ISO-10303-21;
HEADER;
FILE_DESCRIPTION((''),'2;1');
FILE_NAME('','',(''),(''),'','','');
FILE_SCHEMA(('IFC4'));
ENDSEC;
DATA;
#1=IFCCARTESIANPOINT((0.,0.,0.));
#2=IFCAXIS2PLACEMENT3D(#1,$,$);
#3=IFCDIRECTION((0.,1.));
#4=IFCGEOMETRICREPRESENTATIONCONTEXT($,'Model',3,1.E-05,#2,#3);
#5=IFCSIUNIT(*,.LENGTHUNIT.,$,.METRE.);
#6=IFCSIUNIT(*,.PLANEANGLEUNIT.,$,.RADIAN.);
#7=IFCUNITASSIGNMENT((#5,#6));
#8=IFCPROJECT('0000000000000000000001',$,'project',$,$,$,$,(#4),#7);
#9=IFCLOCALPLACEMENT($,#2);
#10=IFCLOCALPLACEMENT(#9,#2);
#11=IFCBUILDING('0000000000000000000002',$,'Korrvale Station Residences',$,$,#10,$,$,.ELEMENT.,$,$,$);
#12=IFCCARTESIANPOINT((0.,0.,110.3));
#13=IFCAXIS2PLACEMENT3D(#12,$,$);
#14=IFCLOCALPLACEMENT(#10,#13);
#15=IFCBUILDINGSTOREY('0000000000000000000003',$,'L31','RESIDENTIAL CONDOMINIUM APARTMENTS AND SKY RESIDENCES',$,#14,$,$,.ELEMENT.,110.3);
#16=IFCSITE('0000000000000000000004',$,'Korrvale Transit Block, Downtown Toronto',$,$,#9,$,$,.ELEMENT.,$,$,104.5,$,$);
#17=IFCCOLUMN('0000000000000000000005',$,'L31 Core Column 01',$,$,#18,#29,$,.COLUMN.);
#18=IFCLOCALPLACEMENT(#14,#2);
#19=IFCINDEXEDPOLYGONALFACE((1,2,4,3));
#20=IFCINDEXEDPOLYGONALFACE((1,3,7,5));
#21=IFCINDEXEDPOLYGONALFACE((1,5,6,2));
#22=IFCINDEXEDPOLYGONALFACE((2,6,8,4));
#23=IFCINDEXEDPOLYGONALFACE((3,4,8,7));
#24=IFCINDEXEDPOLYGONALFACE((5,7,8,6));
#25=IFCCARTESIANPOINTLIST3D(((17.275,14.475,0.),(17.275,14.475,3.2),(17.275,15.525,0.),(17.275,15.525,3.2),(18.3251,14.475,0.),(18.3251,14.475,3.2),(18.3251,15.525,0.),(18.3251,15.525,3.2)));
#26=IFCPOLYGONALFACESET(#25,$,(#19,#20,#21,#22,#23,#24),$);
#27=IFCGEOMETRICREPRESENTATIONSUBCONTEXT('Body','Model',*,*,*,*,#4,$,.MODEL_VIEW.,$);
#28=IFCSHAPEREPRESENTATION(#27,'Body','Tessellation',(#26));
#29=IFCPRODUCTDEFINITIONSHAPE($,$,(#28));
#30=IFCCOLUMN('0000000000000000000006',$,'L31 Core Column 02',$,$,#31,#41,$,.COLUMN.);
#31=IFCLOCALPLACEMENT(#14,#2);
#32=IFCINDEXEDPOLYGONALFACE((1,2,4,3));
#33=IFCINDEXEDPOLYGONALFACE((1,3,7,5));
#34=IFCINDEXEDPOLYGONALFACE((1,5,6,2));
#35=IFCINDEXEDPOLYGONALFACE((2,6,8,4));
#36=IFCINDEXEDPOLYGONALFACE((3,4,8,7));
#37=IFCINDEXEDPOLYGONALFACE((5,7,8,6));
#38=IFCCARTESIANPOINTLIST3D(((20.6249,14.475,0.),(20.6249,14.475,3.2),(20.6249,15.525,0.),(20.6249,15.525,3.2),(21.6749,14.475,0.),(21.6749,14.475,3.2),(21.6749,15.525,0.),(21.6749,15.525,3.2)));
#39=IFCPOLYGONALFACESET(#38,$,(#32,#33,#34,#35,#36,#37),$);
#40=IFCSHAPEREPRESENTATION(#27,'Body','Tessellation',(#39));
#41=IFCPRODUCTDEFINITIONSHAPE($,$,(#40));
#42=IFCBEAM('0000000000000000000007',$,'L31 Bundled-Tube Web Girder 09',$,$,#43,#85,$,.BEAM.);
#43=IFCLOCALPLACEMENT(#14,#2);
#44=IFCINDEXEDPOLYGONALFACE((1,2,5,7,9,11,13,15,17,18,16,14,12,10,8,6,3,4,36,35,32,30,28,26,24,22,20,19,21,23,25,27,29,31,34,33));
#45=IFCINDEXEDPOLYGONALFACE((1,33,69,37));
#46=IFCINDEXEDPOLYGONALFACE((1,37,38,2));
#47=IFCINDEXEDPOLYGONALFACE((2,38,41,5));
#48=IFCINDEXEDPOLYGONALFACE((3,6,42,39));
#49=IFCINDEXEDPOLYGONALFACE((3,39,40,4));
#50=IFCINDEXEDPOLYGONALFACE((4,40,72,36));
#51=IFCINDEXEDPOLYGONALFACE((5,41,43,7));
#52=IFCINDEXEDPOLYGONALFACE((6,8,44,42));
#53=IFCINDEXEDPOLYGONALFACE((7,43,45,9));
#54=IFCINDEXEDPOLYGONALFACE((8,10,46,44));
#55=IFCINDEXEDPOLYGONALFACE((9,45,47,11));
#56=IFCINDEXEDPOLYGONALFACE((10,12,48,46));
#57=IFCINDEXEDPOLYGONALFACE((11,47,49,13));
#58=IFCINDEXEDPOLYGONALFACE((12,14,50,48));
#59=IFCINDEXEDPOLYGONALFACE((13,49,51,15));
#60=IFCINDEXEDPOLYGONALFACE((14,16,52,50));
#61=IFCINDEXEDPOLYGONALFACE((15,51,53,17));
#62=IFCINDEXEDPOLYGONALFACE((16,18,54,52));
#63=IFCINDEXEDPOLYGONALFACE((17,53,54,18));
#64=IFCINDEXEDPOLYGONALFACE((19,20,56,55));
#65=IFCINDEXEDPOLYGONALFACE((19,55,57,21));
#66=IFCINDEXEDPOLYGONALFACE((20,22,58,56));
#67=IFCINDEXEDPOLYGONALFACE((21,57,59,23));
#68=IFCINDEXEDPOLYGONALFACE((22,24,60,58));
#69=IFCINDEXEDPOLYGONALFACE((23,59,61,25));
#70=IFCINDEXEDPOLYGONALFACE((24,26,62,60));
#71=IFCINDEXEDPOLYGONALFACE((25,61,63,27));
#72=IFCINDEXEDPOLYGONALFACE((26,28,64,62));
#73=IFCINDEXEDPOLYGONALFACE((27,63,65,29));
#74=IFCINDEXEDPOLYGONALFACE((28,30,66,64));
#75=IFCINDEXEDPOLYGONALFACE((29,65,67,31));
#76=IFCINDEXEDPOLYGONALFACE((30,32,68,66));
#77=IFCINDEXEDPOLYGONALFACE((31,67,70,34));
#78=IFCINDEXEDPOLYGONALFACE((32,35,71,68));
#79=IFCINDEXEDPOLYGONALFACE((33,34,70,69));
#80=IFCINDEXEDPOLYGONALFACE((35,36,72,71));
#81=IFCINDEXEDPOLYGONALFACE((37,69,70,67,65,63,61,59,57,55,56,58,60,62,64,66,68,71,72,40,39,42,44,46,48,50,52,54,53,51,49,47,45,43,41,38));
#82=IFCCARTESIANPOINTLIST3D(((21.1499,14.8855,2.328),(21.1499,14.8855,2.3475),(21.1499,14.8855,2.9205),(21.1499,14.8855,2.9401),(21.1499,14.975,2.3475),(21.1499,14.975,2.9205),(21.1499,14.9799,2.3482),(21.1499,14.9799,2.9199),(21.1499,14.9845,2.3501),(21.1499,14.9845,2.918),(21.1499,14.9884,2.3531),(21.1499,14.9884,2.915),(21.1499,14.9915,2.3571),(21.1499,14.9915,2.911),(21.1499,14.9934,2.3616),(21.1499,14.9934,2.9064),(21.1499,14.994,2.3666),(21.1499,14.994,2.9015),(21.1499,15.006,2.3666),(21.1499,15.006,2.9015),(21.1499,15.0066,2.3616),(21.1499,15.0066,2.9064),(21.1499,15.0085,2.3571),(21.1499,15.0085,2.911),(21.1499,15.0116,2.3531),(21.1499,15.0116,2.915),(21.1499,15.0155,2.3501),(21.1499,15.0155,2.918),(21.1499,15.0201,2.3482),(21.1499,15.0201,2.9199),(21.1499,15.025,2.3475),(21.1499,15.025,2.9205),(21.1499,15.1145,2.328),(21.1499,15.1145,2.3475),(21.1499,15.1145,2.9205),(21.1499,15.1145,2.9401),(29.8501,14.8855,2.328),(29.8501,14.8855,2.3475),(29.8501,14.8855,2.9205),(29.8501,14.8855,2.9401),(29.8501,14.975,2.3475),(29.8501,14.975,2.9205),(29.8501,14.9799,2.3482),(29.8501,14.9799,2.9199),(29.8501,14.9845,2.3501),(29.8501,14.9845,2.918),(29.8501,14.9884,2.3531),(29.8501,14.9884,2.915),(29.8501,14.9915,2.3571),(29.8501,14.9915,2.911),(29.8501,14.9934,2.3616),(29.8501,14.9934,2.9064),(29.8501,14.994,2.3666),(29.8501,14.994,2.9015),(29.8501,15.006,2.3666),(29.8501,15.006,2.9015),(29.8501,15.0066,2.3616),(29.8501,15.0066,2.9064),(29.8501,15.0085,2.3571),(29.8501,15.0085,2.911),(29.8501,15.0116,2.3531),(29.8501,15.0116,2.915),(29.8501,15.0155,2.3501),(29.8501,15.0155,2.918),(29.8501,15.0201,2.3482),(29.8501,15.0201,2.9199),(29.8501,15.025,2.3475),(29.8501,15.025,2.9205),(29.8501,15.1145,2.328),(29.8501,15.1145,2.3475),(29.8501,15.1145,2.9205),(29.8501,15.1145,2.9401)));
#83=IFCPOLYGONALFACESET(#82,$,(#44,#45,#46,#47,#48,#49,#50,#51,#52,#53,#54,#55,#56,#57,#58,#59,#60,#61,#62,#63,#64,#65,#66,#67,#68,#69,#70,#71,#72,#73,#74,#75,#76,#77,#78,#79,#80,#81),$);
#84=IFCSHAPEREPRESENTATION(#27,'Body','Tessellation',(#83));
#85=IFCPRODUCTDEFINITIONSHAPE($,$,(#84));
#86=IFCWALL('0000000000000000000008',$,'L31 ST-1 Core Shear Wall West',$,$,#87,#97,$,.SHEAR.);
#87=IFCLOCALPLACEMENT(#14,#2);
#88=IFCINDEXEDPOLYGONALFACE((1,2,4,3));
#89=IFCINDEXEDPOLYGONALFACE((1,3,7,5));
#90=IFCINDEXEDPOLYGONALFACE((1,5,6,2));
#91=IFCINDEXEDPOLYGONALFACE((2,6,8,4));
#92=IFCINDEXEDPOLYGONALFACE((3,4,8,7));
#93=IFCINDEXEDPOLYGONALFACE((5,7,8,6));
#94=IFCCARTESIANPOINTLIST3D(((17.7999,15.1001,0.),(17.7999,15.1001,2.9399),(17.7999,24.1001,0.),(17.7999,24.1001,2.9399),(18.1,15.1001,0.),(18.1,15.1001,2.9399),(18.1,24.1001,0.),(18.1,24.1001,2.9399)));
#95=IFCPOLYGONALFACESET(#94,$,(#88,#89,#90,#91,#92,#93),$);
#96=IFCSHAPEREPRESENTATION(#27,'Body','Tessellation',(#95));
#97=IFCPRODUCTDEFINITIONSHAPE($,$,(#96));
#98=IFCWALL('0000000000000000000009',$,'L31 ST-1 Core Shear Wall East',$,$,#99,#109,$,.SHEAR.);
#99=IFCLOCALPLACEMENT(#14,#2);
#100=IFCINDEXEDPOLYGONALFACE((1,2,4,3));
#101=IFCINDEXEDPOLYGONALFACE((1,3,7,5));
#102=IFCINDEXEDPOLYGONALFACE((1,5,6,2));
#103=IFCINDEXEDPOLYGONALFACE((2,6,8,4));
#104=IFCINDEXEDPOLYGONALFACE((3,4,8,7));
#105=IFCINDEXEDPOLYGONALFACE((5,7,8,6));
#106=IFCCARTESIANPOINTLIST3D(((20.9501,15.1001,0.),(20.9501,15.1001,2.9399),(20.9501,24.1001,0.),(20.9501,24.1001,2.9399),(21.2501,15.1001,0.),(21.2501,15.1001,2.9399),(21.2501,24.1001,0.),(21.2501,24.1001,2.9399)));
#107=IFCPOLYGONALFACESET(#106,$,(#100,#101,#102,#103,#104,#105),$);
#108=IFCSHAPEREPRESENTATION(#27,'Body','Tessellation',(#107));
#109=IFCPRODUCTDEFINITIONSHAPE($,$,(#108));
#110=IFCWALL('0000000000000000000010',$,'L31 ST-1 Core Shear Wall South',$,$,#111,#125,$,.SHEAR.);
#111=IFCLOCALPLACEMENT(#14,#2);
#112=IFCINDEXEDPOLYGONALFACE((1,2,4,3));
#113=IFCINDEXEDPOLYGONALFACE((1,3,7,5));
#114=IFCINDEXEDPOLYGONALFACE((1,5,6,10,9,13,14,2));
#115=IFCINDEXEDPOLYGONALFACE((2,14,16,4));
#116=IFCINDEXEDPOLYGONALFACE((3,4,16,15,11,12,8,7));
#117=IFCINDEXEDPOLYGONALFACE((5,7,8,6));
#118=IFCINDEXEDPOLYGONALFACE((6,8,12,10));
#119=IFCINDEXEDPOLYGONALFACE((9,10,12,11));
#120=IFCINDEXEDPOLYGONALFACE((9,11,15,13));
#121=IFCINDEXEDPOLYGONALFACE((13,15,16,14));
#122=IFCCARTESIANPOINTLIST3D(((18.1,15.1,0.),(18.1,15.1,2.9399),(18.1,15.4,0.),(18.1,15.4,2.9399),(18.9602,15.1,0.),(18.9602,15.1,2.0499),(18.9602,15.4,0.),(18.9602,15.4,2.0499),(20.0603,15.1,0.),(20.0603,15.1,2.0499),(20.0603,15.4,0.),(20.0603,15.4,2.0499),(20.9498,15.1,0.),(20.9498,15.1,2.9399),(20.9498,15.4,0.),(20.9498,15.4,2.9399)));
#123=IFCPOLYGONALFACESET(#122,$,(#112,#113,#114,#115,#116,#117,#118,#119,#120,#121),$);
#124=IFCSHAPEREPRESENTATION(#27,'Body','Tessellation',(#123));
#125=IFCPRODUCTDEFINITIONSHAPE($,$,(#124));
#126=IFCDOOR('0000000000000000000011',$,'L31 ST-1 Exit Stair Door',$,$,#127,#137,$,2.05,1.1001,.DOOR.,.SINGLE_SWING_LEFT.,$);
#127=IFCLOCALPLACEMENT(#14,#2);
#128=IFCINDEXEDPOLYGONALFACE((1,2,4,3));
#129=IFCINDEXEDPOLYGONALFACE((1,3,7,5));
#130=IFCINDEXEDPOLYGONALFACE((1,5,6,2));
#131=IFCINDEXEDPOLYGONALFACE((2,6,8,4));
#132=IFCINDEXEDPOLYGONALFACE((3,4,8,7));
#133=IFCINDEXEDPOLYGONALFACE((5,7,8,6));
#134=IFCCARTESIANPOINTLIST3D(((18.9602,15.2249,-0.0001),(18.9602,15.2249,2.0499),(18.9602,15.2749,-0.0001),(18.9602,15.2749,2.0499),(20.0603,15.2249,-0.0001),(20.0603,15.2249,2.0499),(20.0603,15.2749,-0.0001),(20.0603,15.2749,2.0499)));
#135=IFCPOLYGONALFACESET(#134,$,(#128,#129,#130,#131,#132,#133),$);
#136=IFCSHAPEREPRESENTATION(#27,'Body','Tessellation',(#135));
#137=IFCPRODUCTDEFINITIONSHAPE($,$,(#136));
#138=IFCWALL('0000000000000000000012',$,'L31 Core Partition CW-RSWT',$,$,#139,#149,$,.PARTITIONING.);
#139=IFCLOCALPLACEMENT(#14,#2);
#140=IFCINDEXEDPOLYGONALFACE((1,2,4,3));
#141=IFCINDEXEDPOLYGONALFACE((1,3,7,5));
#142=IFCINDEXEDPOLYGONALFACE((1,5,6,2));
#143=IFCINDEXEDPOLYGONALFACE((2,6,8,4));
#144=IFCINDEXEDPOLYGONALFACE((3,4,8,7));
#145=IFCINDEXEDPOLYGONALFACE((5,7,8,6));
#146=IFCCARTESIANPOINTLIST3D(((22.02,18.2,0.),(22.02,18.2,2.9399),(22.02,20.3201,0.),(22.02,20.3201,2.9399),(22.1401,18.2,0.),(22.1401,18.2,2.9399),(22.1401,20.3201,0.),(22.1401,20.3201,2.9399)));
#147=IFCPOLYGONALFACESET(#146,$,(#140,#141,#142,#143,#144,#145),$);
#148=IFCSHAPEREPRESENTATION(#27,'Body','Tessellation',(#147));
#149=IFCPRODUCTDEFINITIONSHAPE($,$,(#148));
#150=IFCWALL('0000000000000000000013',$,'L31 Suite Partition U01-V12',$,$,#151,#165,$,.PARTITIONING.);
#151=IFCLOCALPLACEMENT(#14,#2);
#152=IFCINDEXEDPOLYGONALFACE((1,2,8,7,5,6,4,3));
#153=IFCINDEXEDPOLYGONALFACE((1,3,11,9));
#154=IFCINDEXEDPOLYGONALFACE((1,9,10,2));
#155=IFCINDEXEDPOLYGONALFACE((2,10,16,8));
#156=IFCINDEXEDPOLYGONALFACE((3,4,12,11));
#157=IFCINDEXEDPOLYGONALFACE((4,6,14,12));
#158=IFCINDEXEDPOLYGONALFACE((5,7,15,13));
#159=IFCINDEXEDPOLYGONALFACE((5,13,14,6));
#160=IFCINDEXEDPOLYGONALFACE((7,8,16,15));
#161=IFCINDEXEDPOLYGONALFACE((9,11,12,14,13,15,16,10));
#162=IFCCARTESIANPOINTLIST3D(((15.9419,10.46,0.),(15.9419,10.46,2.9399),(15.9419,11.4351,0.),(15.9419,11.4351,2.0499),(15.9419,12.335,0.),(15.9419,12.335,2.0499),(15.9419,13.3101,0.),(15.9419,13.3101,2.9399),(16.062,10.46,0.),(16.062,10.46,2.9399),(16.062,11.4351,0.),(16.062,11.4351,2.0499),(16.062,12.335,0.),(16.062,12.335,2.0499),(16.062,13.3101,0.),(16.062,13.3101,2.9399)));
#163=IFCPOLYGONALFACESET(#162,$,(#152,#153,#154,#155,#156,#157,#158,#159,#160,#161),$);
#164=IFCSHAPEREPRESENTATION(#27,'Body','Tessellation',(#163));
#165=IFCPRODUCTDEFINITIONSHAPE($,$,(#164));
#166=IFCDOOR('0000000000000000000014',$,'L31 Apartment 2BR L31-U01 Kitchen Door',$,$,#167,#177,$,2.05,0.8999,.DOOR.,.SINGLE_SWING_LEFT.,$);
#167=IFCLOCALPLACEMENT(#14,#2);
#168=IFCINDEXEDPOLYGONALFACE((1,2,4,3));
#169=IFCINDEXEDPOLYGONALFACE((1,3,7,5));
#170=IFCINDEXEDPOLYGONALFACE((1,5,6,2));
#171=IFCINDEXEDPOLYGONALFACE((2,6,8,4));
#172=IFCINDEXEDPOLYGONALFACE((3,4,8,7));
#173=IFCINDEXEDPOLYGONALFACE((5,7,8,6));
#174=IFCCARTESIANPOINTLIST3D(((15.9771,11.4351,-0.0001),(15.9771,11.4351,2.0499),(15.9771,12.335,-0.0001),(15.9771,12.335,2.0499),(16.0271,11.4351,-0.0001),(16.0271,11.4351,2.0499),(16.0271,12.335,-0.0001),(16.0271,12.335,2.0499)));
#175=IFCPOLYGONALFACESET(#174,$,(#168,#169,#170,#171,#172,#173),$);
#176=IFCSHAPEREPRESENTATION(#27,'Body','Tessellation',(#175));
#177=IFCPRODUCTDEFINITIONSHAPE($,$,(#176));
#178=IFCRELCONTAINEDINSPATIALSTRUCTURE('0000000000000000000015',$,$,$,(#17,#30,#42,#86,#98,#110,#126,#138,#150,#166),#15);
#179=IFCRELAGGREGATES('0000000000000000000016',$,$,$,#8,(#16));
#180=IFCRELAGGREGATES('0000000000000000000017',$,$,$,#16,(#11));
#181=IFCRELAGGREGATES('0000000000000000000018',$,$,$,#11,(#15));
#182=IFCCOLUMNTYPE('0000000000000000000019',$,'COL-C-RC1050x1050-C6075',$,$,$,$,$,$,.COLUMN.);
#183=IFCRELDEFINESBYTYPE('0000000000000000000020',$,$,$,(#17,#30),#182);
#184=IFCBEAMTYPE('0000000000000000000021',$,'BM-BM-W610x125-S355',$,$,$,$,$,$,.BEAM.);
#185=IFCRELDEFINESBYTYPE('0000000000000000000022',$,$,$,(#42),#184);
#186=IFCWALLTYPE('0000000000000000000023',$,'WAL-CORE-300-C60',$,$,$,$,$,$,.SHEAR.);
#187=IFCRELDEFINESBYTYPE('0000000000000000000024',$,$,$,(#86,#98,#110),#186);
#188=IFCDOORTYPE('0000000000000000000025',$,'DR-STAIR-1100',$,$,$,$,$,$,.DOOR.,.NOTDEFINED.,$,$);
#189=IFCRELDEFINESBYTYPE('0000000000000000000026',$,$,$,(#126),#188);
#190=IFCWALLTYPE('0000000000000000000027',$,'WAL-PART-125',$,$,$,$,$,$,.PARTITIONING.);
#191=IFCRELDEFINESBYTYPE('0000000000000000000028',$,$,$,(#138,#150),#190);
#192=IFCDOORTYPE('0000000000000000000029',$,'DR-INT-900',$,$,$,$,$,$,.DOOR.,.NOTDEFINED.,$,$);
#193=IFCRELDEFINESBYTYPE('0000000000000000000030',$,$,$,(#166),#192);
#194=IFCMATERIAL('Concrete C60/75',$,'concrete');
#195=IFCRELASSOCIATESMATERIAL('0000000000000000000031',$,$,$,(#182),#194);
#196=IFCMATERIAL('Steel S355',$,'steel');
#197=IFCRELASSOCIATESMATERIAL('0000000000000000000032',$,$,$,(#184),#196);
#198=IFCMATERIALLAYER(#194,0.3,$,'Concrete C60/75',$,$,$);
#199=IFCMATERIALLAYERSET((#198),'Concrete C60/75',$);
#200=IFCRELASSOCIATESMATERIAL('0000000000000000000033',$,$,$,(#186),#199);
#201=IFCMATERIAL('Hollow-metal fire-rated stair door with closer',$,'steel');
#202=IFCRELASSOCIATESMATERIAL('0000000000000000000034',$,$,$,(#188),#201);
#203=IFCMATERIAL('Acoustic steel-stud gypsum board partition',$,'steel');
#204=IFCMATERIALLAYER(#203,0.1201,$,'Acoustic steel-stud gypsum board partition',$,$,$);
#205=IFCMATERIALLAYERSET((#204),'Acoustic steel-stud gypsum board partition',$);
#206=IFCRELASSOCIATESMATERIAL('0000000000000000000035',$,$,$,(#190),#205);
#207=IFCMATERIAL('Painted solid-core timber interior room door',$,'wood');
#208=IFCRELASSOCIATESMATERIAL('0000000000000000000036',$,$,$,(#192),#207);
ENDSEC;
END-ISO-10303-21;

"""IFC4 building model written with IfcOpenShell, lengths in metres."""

from ifc_helpers import new_model, si_unit, direction, frame, frame_2d, origin, origin_2d, place, context, subcontext, project, spatial, rectangle, i_section, extrude, material, layer, layer_set, material_profile, profile_set, type_object, element, fill, save


model = new_model("IFC4")

# Units and contexts
model_context = context("Model", 3, precision=1e-05, world=origin(), true_north=direction((0.0, 1.0)))
body_context = subcontext(model_context, "Body", "Model", "MODEL_VIEW")
ifc_project = project(units=[si_unit("LENGTHUNIT", "METRE"), si_unit("PLANEANGLEUNIT", "RADIAN")], contexts=[model_context])

# Site, building, storey
site_placement = place(None, origin())
site = spatial("IfcSite", under=ifc_project, at=site_placement, Name="Korrvale Transit Block, Downtown Toronto", CompositionType="ELEMENT", RefElevation=104.5)
building_placement = place(site_placement, origin())
building = spatial("IfcBuilding", under=site, at=building_placement, Name="Korrvale Station Residences", CompositionType="ELEMENT")
storey_placement = place(building_placement, frame((0.0, 0.0, 110.3)))
storey = spatial("IfcBuildingStorey", under=building, at=storey_placement, Name="L31", Description="RESIDENTIAL CONDOMINIUM APARTMENTS AND SKY RESIDENCES", CompositionType="ELEMENT", Elevation=110.3)

# Columns
ifc_material_1 = material(Name="Concrete C60/75", Category="concrete")
ifc_material_profile_1 = material_profile(ifc_material_1, rectangle(XDim=1.05, YDim=1.05, at=origin_2d()), Name="RC1050x1050")
ifc_profile_set_1 = profile_set([ifc_material_profile_1], Name="Concrete C60/75")
column_type = type_object("IfcColumnType", Name="COL-C-RC1050x1050-C6075", PredefinedType="COLUMN", material=ifc_profile_set_1)
for number, where, z_axis, x_axis, name in (
    (1, (17.8, 15.0, 0.0), (0.0, 0.0, 1.0), (1.0, 0.0, 0.0), "L31 Core Column 01"),
    (2, (21.1499, 15.0, 0.0), (0.0, 0.0, 1.0), (1.0, 0.0, 0.0), "L31 Core Column 02"),
):
    element("IfcColumn", number, at=place(storey_placement, frame(where, z_axis=z_axis, x_axis=x_axis)), inside=storey, type_object=column_type, Name=name, PredefinedType="COLUMN", context=body_context, shape_type="SweptSolid", body=[
        extrude(rectangle(XDim=1.05, YDim=1.05, at=origin_2d()), origin(), (0.0, 0.0, 1.0), 3.2),
    ])

# Beam
ifc_material_2 = material(Name="Steel S355", Category="steel")
ifc_material_profile_2 = material_profile(ifc_material_2, i_section(OverallWidth=0.229, OverallDepth=0.6121, WebThickness=0.012, FlangeThickness=0.0195, FilletRadius=0.019, at=origin_2d()), Name="W610x125")
ifc_profile_set_2 = profile_set([ifc_material_profile_2], Name="Steel S355")
beam_type = type_object("IfcBeamType", Name="BM-BM-W610x125-S355", PredefinedType="BEAM", material=ifc_profile_set_2)
beam_placement = place(storey_placement, frame((21.1499, 15.0, 2.634), z_axis=(1.0, 0.0, 0.0), x_axis=(0.0, 1.0, 0.0)))
element("IfcBeam", 3, at=beam_placement, inside=storey, type_object=beam_type, Name="L31 Bundled-Tube Web Girder 09", PredefinedType="BEAM", context=body_context, shape_type="SweptSolid", body=[
    extrude(i_section(OverallWidth=0.229, OverallDepth=0.6121, WebThickness=0.012, FlangeThickness=0.0195, FilletRadius=0.019, at=origin_2d()), origin(), (0.0, 0.0, 1.0), 8.7002),
])

# Walls
ifc_layer_1 = layer(ifc_material_1, 0.3, Name="Concrete C60/75")
ifc_layer_set_1 = layer_set([ifc_layer_1], Name="Concrete C60/75")
wall_type_1 = type_object("IfcWallType", Name="WAL-CORE-300-C60", PredefinedType="SHEAR", material=ifc_layer_set_1)
for number, where, z_axis, x_axis, name in (
    (4, (17.95, 15.1001, 0.0), (0.0, 0.0, 1.0), (0.0, 1.0, 0.0), "L31 ST-1 Core Shear Wall West"),
    (5, (21.1001, 15.1001, 0.0), (0.0, 0.0, 1.0), (0.0, 1.0, 0.0), "L31 ST-1 Core Shear Wall East"),
):
    element("IfcWall", number, at=place(storey_placement, frame(where, z_axis=z_axis, x_axis=x_axis)), inside=storey, type_object=wall_type_1, Name=name, PredefinedType="SHEAR", context=body_context, shape_type="SweptSolid", body=[
        extrude(rectangle(XDim=9.0, YDim=0.3, at=frame_2d((4.5, 0.0))), origin(), (0.0, 0.0, 1.0), 2.9399),
    ])

# Wall, opening, door
wall_1_placement = place(storey_placement, frame((18.1001, 15.25, 0.0), z_axis=(0.0, 0.0, 1.0), x_axis=(1.0, 0.0, 0.0)))
wall_1 = element("IfcWall", 6, at=wall_1_placement, inside=storey, type_object=wall_type_1, Name="L31 ST-1 Core Shear Wall South", PredefinedType="SHEAR", context=body_context, shape_type="SweptSolid", body=[
    extrude(rectangle(XDim=2.8499, YDim=0.3, at=frame_2d((1.4248, 0.0))), origin(), (0.0, 0.0, 1.0), 2.9399),
])
opening_1_placement = place(wall_1_placement, frame((0.8601, 0.0, 0.0)))
opening_1 = element("IfcOpeningElement", 7, at=opening_1_placement, cuts=wall_1, PredefinedType="OPENING", context=body_context, shape_type="SweptSolid", body=[
    extrude(rectangle(XDim=1.1001, YDim=2.05, at=frame_2d((0.55, 1.0249))), frame((0.0, 0.1602, 0.0), z_axis=(0.0, -1.0, 0.0), x_axis=(1.0, 0.0, 0.0)), (0.0, 0.0, 1.0), 0.3201),
])
ifc_material_3 = material(Name="Hollow-metal fire-rated stair door with closer", Category="steel")
door_type_1 = type_object("IfcDoorType", Name="DR-STAIR-1100", OperationType="NOTDEFINED", PredefinedType="DOOR", material=ifc_material_3)
door_1_placement = place(opening_1_placement, origin())
door_1 = element("IfcDoor", 8, at=door_1_placement, inside=storey, type_object=door_type_1, Name="L31 ST-1 Exit Stair Door", OperationType="SINGLE_SWING_LEFT", OverallHeight=2.05, OverallWidth=1.1001, PredefinedType="DOOR", context=body_context, shape_type="SweptSolid", body=[
    extrude(rectangle(XDim=1.1001, YDim=2.05, at=frame_2d((0.55, 1.0249))), frame((0.0, 0.0249, 0.0), z_axis=(0.0, -1.0, 0.0), x_axis=(1.0, 0.0, 0.0)), (0.0, 0.0, 1.0), 0.05),
])
fill(opening_1, door_1)

# Wall
ifc_material_4 = material(Name="Acoustic steel-stud gypsum board partition", Category="steel")
ifc_layer_2 = layer(ifc_material_4, 0.1201, Name="Acoustic steel-stud gypsum board partition")
ifc_layer_set_2 = layer_set([ifc_layer_2], Name="Acoustic steel-stud gypsum board partition")
wall_type_2 = type_object("IfcWallType", Name="WAL-PART-125", PredefinedType="PARTITIONING", material=ifc_layer_set_2)
wall_2_placement = place(storey_placement, frame((22.0801, 18.2, 0.0), z_axis=(0.0, 0.0, 1.0), x_axis=(0.0, 1.0, 0.0)))
element("IfcWall", 9, at=wall_2_placement, inside=storey, type_object=wall_type_2, Name="L31 Core Partition CW-RSWT", PredefinedType="PARTITIONING", context=body_context, shape_type="SweptSolid", body=[
    extrude(rectangle(XDim=2.1201, YDim=0.1201, at=frame_2d((1.0601, 0.0))), origin(), (0.0, 0.0, 1.0), 2.9399),
])

# Wall, opening, door
wall_3_placement = place(storey_placement, frame((16.002, 10.46, 0.0), z_axis=(0.0, 0.0, 1.0), x_axis=(0.0, 1.0, 0.0)))
wall_3 = element("IfcWall", 10, at=wall_3_placement, inside=storey, type_object=wall_type_2, Name="L31 Suite Partition U01-V12", PredefinedType="PARTITIONING", context=body_context, shape_type="SweptSolid", body=[
    extrude(rectangle(XDim=2.8501, YDim=0.1201, at=frame_2d((1.425, 0.0))), origin(), (0.0, 0.0, 1.0), 2.9399),
])
opening_2_placement = place(wall_3_placement, frame((0.9751, 0.0, 0.0)))
opening_2 = element("IfcOpeningElement", 11, at=opening_2_placement, cuts=wall_3, PredefinedType="OPENING", context=body_context, shape_type="SweptSolid", body=[
    extrude(rectangle(XDim=0.8999, YDim=2.05, at=frame_2d((0.45, 1.0249))), frame((0.0, 0.0701, 0.0), z_axis=(0.0, -1.0, 0.0), x_axis=(1.0, 0.0, 0.0)), (0.0, 0.0, 1.0), 0.1401),
])
ifc_material_5 = material(Name="Painted solid-core timber interior room door", Category="wood")
door_type_2 = type_object("IfcDoorType", Name="DR-INT-900", OperationType="NOTDEFINED", PredefinedType="DOOR", material=ifc_material_5)
door_2_placement = place(opening_2_placement, origin())
door_2 = element("IfcDoor", 12, at=door_2_placement, inside=storey, type_object=door_type_2, Name="L31 Apartment 2BR L31-U01 Kitchen Door", OperationType="SINGLE_SWING_LEFT", OverallHeight=2.05, OverallWidth=0.8999, PredefinedType="DOOR", context=body_context, shape_type="SweptSolid", body=[
    extrude(rectangle(XDim=0.8999, YDim=2.05, at=frame_2d((0.45, 1.0249))), frame((0.0, 0.0249, 0.0), z_axis=(0.0, -1.0, 0.0), x_axis=(1.0, 0.0, 0.0)), (0.0, 0.0, 1.0), 0.05),
])
fill(opening_2, door_2)

save(model, "model.ifc")
